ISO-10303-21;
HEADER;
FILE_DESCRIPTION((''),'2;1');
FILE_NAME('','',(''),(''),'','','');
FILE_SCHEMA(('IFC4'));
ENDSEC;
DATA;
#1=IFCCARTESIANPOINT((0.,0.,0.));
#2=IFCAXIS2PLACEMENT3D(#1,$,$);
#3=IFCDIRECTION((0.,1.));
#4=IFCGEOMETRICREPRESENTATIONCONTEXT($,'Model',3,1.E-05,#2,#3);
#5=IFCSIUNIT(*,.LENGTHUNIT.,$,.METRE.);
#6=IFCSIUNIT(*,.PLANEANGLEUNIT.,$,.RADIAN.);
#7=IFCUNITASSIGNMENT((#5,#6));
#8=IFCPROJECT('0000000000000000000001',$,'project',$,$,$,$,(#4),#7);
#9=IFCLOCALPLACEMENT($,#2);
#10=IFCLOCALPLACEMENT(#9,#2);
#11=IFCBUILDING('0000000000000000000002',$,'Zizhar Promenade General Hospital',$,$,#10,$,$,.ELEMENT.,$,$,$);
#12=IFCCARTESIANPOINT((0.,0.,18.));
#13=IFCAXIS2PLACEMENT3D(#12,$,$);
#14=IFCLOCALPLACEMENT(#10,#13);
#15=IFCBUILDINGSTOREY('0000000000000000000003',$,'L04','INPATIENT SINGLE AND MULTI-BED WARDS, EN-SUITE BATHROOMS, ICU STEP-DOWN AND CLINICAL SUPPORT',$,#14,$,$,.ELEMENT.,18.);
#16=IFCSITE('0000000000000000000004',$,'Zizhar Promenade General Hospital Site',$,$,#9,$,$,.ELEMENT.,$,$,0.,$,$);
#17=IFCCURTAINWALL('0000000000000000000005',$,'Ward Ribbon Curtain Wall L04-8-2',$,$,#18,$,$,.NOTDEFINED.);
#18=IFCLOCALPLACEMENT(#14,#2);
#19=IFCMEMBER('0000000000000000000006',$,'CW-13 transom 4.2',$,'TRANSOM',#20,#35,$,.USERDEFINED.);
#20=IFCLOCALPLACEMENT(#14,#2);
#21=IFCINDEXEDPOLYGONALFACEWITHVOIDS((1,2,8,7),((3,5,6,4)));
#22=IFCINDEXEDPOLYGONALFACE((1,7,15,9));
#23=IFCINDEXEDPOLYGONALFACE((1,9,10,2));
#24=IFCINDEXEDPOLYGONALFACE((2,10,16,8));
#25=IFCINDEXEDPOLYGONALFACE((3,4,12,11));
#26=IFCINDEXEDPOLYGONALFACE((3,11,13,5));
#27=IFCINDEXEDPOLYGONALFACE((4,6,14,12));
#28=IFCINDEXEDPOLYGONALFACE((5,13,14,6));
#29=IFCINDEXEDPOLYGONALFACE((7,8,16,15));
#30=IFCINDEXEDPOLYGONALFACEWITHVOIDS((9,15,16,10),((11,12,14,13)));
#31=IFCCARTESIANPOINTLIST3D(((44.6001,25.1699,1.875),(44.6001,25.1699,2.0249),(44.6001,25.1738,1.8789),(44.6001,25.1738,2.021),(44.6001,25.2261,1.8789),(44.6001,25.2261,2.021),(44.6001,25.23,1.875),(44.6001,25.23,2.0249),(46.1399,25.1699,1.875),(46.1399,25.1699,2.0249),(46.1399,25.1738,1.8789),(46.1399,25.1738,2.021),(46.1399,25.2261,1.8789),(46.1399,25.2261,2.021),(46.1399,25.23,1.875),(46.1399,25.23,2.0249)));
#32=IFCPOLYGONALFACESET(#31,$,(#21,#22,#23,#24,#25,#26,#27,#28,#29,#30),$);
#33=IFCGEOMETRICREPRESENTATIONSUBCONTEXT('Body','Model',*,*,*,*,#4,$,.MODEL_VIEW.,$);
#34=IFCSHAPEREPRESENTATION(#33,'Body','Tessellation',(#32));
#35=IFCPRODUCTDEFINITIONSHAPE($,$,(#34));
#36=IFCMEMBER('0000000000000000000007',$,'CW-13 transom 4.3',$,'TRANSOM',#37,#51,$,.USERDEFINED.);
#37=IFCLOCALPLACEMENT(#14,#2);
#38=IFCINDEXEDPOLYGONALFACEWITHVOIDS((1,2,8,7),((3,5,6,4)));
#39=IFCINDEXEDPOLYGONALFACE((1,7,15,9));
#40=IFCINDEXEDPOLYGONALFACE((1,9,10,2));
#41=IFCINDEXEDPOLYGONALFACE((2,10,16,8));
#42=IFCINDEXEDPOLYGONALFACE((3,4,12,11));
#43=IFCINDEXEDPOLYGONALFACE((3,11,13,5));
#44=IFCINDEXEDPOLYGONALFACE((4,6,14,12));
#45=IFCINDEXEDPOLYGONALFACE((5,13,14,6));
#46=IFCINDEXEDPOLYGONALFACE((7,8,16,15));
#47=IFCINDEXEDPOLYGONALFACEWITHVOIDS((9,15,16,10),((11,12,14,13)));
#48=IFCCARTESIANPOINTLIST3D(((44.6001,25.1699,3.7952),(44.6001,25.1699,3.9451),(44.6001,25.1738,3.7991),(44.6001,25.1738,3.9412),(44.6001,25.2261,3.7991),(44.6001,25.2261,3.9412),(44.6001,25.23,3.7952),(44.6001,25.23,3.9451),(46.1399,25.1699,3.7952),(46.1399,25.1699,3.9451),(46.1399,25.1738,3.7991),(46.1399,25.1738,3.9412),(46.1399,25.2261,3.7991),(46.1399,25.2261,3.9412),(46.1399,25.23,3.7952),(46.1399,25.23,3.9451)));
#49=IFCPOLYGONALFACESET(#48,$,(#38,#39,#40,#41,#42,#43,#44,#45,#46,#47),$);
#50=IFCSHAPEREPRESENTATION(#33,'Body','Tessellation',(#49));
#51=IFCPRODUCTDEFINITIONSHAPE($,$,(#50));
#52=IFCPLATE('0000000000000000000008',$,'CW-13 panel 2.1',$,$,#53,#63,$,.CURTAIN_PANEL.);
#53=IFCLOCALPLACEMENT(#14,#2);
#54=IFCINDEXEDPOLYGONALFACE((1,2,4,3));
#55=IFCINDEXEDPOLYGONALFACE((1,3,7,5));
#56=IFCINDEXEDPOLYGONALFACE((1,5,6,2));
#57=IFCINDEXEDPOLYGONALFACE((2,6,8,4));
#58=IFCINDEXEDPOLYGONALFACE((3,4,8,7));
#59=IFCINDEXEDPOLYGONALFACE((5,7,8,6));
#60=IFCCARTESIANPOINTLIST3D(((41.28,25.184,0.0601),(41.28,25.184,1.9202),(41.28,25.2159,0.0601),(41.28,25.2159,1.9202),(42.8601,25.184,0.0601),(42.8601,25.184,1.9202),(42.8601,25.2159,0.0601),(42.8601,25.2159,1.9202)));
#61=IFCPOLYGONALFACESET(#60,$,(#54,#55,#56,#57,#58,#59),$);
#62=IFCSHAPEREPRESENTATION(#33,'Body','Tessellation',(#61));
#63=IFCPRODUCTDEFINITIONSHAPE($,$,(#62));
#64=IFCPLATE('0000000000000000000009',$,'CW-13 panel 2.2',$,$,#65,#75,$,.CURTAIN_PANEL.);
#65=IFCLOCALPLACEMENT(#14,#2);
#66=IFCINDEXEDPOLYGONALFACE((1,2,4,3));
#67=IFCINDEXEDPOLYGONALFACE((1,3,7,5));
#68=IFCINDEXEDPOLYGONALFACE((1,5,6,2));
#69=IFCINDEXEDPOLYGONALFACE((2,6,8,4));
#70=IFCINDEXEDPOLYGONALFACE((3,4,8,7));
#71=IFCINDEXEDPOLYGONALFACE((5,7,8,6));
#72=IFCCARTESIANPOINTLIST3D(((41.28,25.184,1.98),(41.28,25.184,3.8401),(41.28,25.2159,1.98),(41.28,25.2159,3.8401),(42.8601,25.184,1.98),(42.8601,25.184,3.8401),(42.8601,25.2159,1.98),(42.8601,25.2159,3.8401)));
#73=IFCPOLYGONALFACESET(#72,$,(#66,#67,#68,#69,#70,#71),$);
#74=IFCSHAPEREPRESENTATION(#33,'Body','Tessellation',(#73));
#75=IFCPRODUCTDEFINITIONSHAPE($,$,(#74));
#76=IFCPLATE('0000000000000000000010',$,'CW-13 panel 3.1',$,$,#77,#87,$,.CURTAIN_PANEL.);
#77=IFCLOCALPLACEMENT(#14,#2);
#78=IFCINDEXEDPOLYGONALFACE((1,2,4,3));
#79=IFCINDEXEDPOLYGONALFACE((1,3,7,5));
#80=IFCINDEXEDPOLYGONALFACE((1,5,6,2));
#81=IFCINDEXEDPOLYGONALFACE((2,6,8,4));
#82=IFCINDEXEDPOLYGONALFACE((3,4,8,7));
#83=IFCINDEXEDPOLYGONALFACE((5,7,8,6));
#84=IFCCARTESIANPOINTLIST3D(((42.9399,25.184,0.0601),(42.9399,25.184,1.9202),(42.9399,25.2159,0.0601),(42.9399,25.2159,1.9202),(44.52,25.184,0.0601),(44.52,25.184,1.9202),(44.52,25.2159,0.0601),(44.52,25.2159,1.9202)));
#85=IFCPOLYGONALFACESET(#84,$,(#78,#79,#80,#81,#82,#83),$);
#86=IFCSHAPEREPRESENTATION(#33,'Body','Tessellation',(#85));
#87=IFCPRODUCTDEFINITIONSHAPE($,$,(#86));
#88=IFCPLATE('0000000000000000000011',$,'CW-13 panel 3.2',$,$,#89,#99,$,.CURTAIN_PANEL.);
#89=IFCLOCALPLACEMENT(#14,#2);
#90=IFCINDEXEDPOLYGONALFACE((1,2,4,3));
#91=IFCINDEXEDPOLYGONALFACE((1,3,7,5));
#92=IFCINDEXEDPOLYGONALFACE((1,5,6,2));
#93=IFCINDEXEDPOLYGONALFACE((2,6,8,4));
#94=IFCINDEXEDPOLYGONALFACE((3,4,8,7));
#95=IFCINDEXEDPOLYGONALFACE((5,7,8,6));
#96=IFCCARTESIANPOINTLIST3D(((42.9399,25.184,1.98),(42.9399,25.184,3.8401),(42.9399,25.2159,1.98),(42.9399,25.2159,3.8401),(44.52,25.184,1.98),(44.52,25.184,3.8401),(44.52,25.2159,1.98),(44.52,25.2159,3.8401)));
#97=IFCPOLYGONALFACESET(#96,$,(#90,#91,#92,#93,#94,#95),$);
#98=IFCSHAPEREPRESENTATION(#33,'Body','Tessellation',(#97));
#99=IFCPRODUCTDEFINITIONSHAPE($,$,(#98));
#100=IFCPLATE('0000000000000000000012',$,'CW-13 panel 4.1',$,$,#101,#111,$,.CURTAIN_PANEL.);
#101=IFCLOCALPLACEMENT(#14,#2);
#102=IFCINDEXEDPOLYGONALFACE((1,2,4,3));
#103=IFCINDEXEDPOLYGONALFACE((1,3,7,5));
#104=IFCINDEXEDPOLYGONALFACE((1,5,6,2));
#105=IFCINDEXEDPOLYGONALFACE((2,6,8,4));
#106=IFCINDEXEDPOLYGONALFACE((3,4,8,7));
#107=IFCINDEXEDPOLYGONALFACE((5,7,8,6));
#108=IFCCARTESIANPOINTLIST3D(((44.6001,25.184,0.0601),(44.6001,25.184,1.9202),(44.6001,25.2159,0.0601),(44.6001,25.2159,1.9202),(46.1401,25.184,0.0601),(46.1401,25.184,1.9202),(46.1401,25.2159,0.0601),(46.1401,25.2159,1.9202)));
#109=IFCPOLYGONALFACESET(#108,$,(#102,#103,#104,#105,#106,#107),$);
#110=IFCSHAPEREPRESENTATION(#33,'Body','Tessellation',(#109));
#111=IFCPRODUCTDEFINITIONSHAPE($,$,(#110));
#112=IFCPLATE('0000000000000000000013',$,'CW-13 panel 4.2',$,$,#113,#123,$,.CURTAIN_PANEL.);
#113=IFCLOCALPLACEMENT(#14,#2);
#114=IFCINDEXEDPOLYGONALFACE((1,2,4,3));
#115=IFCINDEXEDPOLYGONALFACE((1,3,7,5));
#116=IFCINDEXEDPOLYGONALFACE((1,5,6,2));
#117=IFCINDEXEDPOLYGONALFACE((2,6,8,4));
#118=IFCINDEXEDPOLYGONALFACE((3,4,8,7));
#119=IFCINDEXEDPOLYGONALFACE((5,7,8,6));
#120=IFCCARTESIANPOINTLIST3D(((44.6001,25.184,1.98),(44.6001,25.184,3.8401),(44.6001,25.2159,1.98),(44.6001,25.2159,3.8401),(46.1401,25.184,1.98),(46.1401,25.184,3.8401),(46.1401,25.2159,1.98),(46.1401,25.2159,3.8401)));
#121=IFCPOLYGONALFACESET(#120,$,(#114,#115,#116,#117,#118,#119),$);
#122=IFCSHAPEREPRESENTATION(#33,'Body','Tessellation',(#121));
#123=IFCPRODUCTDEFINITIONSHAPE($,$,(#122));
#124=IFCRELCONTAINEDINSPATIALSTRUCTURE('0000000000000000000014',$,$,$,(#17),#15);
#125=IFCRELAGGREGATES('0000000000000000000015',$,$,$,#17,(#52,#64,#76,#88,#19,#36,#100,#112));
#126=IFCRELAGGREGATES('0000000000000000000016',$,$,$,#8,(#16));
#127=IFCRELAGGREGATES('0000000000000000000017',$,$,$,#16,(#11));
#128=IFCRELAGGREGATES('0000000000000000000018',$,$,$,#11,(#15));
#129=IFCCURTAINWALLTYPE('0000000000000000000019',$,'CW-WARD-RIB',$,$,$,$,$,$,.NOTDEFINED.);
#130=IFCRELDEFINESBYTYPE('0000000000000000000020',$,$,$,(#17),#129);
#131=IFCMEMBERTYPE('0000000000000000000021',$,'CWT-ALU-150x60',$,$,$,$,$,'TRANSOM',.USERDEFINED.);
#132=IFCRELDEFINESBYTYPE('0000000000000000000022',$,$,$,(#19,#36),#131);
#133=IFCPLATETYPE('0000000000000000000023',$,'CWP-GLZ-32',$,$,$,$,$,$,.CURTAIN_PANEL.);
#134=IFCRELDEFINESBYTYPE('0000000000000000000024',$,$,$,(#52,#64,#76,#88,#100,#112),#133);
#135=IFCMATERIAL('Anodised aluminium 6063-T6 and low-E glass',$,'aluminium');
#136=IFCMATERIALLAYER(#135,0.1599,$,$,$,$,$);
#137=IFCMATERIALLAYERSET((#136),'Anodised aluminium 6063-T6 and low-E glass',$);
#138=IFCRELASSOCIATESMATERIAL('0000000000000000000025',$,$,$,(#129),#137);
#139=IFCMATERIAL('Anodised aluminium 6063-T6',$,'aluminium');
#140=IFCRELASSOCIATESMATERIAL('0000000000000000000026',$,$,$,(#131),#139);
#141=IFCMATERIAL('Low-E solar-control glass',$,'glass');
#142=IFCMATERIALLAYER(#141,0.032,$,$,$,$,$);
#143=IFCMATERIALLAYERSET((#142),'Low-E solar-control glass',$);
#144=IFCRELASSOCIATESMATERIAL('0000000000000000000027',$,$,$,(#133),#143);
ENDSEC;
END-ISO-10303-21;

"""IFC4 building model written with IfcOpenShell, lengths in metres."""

from ifc_helpers import new_model, si_unit, direction, frame, origin, origin_2d, place, context, subcontext, project, spatial, rectangle, hollow_rectangle, extrude, material, layer, layer_set, material_profile, profile_set, type_object, element, aggregate, save


model = new_model("IFC4")

# Units and contexts
model_context = context("Model", 3, precision=1e-05, world=origin(), true_north=direction((0.0, 1.0)))
body_context = subcontext(model_context, "Body", "Model", "MODEL_VIEW")
ifc_project = project(units=[si_unit("LENGTHUNIT", "METRE"), si_unit("PLANEANGLEUNIT", "RADIAN")], contexts=[model_context])

# Site, building, storey
site_placement = place(None, origin())
site = spatial("IfcSite", under=ifc_project, at=site_placement, Name="Zizhar Promenade General Hospital Site", CompositionType="ELEMENT", RefElevation=0.0)
building_placement = place(site_placement, origin())
building = spatial("IfcBuilding", under=site, at=building_placement, Name="Zizhar Promenade General Hospital", CompositionType="ELEMENT")
storey_placement = place(building_placement, frame((0.0, 0.0, 18.0)))
storey = spatial("IfcBuildingStorey", under=building, at=storey_placement, Name="L04", Description="INPATIENT SINGLE AND MULTI-BED WARDS, EN-SUITE BATHROOMS, ICU STEP-DOWN AND CLINICAL SUPPORT", CompositionType="ELEMENT", Elevation=18.0)

# Curtain wall, members, plates
ifc_material_1 = material(Name="Anodised aluminium 6063-T6 and low-E glass", Category="aluminium")
ifc_layer_1 = layer(ifc_material_1, 0.1599)
ifc_layer_set_1 = layer_set([ifc_layer_1], Name="Anodised aluminium 6063-T6 and low-E glass")
curtain_wall_type = type_object("IfcCurtainWallType", Name="CW-WARD-RIB", PredefinedType="NOTDEFINED", material=ifc_layer_set_1)
curtain_wall_placement = place(storey_placement, origin())
curtain_wall = element("IfcCurtainWall", 1, at=curtain_wall_placement, inside=storey, type_object=curtain_wall_type, Name="Ward Ribbon Curtain Wall L04-8-2", PredefinedType="NOTDEFINED")
ifc_material_2 = material(Name="Anodised aluminium 6063-T6", Category="aluminium")
ifc_material_profile_1 = material_profile(ifc_material_2, hollow_rectangle(XDim=0.0601, YDim=0.1499, WallThickness=0.0039, at=origin_2d()))
ifc_profile_set_1 = profile_set([ifc_material_profile_1], Name="Anodised aluminium 6063-T6")
member_type_1 = type_object("IfcMemberType", Name="CWT-ALU-150x60", ElementType="TRANSOM", PredefinedType="USERDEFINED", material=ifc_profile_set_1)
member_1_placement = place(storey_placement, frame((44.6001, 25.2, 1.95), z_axis=(1.0, 0.0, 0.0), x_axis=(0.0, 1.0, 0.0)))
member_1 = element("IfcMember", 2, at=member_1_placement, type_object=member_type_1, Name="CW-13 transom 4.2", ObjectType="TRANSOM", PredefinedType="USERDEFINED", context=body_context, shape_type="SweptSolid", body=[
    extrude(hollow_rectangle(XDim=0.0601, YDim=0.1499, WallThickness=0.0039, at=origin_2d()), origin(), (0.0, 0.0, 1.0), 1.5398),
])
member_2_placement = place(storey_placement, frame((44.6001, 25.2, 3.8701), z_axis=(1.0, 0.0, 0.0), x_axis=(0.0, 1.0, 0.0)))
member_2 = element("IfcMember", 3, at=member_2_placement, type_object=member_type_1, Name="CW-13 transom 4.3", ObjectType="TRANSOM", PredefinedType="USERDEFINED", context=body_context, shape_type="SweptSolid", body=[
    extrude(hollow_rectangle(XDim=0.0601, YDim=0.1499, WallThickness=0.0039, at=origin_2d()), origin(), (0.0, 0.0, 1.0), 1.5398),
])
ifc_material_3 = material(Name="Low-E solar-control glass", Category="glass")
ifc_layer_2 = layer(ifc_material_3, 0.032)
ifc_layer_set_2 = layer_set([ifc_layer_2], Name="Low-E solar-control glass")
plate_type = type_object("IfcPlateType", Name="CWP-GLZ-32", PredefinedType="CURTAIN_PANEL", material=ifc_layer_set_2)
plate_1_placement = place(storey_placement, frame((42.0701, 25.2, 0.0601), z_axis=(0.0, 0.0, 1.0), x_axis=(1.0, 0.0, 0.0)))
plate_1 = element("IfcPlate", 4, at=plate_1_placement, type_object=plate_type, Name="CW-13 panel 2.1", PredefinedType="CURTAIN_PANEL", context=body_context, shape_type="SweptSolid", body=[
    extrude(rectangle(XDim=1.5801, YDim=0.032, at=origin_2d()), origin(), (0.0, 0.0, 1.0), 1.8601),
])
plate_2_placement = place(storey_placement, frame((42.0701, 25.2, 1.98), z_axis=(0.0, 0.0, 1.0), x_axis=(1.0, 0.0, 0.0)))
plate_2 = element("IfcPlate", 5, at=plate_2_placement, type_object=plate_type, Name="CW-13 panel 2.2", PredefinedType="CURTAIN_PANEL", context=body_context, shape_type="SweptSolid", body=[
    extrude(rectangle(XDim=1.5801, YDim=0.032, at=origin_2d()), origin(), (0.0, 0.0, 1.0), 1.8601),
])
plate_3_placement = place(storey_placement, frame((43.73, 25.2, 0.0601), z_axis=(0.0, 0.0, 1.0), x_axis=(1.0, 0.0, 0.0)))
plate_3 = element("IfcPlate", 6, at=plate_3_placement, type_object=plate_type, Name="CW-13 panel 3.1", PredefinedType="CURTAIN_PANEL", context=body_context, shape_type="SweptSolid", body=[
    extrude(rectangle(XDim=1.5801, YDim=0.032, at=origin_2d()), origin(), (0.0, 0.0, 1.0), 1.8601),
])
plate_4_placement = place(storey_placement, frame((43.73, 25.2, 1.98), z_axis=(0.0, 0.0, 1.0), x_axis=(1.0, 0.0, 0.0)))
plate_4 = element("IfcPlate", 7, at=plate_4_placement, type_object=plate_type, Name="CW-13 panel 3.2", PredefinedType="CURTAIN_PANEL", context=body_context, shape_type="SweptSolid", body=[
    extrude(rectangle(XDim=1.5801, YDim=0.032, at=origin_2d()), origin(), (0.0, 0.0, 1.0), 1.8601),
])
plate_5_placement = place(storey_placement, frame((45.3701, 25.2, 0.0601), z_axis=(0.0, 0.0, 1.0), x_axis=(1.0, 0.0, 0.0)))
plate_5 = element("IfcPlate", 8, at=plate_5_placement, type_object=plate_type, Name="CW-13 panel 4.1", PredefinedType="CURTAIN_PANEL", context=body_context, shape_type="SweptSolid", body=[
    extrude(rectangle(XDim=1.54, YDim=0.032, at=origin_2d()), origin(), (0.0, 0.0, 1.0), 1.8601),
])
plate_6_placement = place(storey_placement, frame((45.3701, 25.2, 1.98), z_axis=(0.0, 0.0, 1.0), x_axis=(1.0, 0.0, 0.0)))
plate_6 = element("IfcPlate", 9, at=plate_6_placement, type_object=plate_type, Name="CW-13 panel 4.2", PredefinedType="CURTAIN_PANEL", context=body_context, shape_type="SweptSolid", body=[
    extrude(rectangle(XDim=1.54, YDim=0.032, at=origin_2d()), origin(), (0.0, 0.0, 1.0), 1.8601),
])
aggregate(curtain_wall, [plate_1, plate_2, plate_3, plate_4, member_1, member_2, plate_5, plate_6])

save(model, "model.ifc")
